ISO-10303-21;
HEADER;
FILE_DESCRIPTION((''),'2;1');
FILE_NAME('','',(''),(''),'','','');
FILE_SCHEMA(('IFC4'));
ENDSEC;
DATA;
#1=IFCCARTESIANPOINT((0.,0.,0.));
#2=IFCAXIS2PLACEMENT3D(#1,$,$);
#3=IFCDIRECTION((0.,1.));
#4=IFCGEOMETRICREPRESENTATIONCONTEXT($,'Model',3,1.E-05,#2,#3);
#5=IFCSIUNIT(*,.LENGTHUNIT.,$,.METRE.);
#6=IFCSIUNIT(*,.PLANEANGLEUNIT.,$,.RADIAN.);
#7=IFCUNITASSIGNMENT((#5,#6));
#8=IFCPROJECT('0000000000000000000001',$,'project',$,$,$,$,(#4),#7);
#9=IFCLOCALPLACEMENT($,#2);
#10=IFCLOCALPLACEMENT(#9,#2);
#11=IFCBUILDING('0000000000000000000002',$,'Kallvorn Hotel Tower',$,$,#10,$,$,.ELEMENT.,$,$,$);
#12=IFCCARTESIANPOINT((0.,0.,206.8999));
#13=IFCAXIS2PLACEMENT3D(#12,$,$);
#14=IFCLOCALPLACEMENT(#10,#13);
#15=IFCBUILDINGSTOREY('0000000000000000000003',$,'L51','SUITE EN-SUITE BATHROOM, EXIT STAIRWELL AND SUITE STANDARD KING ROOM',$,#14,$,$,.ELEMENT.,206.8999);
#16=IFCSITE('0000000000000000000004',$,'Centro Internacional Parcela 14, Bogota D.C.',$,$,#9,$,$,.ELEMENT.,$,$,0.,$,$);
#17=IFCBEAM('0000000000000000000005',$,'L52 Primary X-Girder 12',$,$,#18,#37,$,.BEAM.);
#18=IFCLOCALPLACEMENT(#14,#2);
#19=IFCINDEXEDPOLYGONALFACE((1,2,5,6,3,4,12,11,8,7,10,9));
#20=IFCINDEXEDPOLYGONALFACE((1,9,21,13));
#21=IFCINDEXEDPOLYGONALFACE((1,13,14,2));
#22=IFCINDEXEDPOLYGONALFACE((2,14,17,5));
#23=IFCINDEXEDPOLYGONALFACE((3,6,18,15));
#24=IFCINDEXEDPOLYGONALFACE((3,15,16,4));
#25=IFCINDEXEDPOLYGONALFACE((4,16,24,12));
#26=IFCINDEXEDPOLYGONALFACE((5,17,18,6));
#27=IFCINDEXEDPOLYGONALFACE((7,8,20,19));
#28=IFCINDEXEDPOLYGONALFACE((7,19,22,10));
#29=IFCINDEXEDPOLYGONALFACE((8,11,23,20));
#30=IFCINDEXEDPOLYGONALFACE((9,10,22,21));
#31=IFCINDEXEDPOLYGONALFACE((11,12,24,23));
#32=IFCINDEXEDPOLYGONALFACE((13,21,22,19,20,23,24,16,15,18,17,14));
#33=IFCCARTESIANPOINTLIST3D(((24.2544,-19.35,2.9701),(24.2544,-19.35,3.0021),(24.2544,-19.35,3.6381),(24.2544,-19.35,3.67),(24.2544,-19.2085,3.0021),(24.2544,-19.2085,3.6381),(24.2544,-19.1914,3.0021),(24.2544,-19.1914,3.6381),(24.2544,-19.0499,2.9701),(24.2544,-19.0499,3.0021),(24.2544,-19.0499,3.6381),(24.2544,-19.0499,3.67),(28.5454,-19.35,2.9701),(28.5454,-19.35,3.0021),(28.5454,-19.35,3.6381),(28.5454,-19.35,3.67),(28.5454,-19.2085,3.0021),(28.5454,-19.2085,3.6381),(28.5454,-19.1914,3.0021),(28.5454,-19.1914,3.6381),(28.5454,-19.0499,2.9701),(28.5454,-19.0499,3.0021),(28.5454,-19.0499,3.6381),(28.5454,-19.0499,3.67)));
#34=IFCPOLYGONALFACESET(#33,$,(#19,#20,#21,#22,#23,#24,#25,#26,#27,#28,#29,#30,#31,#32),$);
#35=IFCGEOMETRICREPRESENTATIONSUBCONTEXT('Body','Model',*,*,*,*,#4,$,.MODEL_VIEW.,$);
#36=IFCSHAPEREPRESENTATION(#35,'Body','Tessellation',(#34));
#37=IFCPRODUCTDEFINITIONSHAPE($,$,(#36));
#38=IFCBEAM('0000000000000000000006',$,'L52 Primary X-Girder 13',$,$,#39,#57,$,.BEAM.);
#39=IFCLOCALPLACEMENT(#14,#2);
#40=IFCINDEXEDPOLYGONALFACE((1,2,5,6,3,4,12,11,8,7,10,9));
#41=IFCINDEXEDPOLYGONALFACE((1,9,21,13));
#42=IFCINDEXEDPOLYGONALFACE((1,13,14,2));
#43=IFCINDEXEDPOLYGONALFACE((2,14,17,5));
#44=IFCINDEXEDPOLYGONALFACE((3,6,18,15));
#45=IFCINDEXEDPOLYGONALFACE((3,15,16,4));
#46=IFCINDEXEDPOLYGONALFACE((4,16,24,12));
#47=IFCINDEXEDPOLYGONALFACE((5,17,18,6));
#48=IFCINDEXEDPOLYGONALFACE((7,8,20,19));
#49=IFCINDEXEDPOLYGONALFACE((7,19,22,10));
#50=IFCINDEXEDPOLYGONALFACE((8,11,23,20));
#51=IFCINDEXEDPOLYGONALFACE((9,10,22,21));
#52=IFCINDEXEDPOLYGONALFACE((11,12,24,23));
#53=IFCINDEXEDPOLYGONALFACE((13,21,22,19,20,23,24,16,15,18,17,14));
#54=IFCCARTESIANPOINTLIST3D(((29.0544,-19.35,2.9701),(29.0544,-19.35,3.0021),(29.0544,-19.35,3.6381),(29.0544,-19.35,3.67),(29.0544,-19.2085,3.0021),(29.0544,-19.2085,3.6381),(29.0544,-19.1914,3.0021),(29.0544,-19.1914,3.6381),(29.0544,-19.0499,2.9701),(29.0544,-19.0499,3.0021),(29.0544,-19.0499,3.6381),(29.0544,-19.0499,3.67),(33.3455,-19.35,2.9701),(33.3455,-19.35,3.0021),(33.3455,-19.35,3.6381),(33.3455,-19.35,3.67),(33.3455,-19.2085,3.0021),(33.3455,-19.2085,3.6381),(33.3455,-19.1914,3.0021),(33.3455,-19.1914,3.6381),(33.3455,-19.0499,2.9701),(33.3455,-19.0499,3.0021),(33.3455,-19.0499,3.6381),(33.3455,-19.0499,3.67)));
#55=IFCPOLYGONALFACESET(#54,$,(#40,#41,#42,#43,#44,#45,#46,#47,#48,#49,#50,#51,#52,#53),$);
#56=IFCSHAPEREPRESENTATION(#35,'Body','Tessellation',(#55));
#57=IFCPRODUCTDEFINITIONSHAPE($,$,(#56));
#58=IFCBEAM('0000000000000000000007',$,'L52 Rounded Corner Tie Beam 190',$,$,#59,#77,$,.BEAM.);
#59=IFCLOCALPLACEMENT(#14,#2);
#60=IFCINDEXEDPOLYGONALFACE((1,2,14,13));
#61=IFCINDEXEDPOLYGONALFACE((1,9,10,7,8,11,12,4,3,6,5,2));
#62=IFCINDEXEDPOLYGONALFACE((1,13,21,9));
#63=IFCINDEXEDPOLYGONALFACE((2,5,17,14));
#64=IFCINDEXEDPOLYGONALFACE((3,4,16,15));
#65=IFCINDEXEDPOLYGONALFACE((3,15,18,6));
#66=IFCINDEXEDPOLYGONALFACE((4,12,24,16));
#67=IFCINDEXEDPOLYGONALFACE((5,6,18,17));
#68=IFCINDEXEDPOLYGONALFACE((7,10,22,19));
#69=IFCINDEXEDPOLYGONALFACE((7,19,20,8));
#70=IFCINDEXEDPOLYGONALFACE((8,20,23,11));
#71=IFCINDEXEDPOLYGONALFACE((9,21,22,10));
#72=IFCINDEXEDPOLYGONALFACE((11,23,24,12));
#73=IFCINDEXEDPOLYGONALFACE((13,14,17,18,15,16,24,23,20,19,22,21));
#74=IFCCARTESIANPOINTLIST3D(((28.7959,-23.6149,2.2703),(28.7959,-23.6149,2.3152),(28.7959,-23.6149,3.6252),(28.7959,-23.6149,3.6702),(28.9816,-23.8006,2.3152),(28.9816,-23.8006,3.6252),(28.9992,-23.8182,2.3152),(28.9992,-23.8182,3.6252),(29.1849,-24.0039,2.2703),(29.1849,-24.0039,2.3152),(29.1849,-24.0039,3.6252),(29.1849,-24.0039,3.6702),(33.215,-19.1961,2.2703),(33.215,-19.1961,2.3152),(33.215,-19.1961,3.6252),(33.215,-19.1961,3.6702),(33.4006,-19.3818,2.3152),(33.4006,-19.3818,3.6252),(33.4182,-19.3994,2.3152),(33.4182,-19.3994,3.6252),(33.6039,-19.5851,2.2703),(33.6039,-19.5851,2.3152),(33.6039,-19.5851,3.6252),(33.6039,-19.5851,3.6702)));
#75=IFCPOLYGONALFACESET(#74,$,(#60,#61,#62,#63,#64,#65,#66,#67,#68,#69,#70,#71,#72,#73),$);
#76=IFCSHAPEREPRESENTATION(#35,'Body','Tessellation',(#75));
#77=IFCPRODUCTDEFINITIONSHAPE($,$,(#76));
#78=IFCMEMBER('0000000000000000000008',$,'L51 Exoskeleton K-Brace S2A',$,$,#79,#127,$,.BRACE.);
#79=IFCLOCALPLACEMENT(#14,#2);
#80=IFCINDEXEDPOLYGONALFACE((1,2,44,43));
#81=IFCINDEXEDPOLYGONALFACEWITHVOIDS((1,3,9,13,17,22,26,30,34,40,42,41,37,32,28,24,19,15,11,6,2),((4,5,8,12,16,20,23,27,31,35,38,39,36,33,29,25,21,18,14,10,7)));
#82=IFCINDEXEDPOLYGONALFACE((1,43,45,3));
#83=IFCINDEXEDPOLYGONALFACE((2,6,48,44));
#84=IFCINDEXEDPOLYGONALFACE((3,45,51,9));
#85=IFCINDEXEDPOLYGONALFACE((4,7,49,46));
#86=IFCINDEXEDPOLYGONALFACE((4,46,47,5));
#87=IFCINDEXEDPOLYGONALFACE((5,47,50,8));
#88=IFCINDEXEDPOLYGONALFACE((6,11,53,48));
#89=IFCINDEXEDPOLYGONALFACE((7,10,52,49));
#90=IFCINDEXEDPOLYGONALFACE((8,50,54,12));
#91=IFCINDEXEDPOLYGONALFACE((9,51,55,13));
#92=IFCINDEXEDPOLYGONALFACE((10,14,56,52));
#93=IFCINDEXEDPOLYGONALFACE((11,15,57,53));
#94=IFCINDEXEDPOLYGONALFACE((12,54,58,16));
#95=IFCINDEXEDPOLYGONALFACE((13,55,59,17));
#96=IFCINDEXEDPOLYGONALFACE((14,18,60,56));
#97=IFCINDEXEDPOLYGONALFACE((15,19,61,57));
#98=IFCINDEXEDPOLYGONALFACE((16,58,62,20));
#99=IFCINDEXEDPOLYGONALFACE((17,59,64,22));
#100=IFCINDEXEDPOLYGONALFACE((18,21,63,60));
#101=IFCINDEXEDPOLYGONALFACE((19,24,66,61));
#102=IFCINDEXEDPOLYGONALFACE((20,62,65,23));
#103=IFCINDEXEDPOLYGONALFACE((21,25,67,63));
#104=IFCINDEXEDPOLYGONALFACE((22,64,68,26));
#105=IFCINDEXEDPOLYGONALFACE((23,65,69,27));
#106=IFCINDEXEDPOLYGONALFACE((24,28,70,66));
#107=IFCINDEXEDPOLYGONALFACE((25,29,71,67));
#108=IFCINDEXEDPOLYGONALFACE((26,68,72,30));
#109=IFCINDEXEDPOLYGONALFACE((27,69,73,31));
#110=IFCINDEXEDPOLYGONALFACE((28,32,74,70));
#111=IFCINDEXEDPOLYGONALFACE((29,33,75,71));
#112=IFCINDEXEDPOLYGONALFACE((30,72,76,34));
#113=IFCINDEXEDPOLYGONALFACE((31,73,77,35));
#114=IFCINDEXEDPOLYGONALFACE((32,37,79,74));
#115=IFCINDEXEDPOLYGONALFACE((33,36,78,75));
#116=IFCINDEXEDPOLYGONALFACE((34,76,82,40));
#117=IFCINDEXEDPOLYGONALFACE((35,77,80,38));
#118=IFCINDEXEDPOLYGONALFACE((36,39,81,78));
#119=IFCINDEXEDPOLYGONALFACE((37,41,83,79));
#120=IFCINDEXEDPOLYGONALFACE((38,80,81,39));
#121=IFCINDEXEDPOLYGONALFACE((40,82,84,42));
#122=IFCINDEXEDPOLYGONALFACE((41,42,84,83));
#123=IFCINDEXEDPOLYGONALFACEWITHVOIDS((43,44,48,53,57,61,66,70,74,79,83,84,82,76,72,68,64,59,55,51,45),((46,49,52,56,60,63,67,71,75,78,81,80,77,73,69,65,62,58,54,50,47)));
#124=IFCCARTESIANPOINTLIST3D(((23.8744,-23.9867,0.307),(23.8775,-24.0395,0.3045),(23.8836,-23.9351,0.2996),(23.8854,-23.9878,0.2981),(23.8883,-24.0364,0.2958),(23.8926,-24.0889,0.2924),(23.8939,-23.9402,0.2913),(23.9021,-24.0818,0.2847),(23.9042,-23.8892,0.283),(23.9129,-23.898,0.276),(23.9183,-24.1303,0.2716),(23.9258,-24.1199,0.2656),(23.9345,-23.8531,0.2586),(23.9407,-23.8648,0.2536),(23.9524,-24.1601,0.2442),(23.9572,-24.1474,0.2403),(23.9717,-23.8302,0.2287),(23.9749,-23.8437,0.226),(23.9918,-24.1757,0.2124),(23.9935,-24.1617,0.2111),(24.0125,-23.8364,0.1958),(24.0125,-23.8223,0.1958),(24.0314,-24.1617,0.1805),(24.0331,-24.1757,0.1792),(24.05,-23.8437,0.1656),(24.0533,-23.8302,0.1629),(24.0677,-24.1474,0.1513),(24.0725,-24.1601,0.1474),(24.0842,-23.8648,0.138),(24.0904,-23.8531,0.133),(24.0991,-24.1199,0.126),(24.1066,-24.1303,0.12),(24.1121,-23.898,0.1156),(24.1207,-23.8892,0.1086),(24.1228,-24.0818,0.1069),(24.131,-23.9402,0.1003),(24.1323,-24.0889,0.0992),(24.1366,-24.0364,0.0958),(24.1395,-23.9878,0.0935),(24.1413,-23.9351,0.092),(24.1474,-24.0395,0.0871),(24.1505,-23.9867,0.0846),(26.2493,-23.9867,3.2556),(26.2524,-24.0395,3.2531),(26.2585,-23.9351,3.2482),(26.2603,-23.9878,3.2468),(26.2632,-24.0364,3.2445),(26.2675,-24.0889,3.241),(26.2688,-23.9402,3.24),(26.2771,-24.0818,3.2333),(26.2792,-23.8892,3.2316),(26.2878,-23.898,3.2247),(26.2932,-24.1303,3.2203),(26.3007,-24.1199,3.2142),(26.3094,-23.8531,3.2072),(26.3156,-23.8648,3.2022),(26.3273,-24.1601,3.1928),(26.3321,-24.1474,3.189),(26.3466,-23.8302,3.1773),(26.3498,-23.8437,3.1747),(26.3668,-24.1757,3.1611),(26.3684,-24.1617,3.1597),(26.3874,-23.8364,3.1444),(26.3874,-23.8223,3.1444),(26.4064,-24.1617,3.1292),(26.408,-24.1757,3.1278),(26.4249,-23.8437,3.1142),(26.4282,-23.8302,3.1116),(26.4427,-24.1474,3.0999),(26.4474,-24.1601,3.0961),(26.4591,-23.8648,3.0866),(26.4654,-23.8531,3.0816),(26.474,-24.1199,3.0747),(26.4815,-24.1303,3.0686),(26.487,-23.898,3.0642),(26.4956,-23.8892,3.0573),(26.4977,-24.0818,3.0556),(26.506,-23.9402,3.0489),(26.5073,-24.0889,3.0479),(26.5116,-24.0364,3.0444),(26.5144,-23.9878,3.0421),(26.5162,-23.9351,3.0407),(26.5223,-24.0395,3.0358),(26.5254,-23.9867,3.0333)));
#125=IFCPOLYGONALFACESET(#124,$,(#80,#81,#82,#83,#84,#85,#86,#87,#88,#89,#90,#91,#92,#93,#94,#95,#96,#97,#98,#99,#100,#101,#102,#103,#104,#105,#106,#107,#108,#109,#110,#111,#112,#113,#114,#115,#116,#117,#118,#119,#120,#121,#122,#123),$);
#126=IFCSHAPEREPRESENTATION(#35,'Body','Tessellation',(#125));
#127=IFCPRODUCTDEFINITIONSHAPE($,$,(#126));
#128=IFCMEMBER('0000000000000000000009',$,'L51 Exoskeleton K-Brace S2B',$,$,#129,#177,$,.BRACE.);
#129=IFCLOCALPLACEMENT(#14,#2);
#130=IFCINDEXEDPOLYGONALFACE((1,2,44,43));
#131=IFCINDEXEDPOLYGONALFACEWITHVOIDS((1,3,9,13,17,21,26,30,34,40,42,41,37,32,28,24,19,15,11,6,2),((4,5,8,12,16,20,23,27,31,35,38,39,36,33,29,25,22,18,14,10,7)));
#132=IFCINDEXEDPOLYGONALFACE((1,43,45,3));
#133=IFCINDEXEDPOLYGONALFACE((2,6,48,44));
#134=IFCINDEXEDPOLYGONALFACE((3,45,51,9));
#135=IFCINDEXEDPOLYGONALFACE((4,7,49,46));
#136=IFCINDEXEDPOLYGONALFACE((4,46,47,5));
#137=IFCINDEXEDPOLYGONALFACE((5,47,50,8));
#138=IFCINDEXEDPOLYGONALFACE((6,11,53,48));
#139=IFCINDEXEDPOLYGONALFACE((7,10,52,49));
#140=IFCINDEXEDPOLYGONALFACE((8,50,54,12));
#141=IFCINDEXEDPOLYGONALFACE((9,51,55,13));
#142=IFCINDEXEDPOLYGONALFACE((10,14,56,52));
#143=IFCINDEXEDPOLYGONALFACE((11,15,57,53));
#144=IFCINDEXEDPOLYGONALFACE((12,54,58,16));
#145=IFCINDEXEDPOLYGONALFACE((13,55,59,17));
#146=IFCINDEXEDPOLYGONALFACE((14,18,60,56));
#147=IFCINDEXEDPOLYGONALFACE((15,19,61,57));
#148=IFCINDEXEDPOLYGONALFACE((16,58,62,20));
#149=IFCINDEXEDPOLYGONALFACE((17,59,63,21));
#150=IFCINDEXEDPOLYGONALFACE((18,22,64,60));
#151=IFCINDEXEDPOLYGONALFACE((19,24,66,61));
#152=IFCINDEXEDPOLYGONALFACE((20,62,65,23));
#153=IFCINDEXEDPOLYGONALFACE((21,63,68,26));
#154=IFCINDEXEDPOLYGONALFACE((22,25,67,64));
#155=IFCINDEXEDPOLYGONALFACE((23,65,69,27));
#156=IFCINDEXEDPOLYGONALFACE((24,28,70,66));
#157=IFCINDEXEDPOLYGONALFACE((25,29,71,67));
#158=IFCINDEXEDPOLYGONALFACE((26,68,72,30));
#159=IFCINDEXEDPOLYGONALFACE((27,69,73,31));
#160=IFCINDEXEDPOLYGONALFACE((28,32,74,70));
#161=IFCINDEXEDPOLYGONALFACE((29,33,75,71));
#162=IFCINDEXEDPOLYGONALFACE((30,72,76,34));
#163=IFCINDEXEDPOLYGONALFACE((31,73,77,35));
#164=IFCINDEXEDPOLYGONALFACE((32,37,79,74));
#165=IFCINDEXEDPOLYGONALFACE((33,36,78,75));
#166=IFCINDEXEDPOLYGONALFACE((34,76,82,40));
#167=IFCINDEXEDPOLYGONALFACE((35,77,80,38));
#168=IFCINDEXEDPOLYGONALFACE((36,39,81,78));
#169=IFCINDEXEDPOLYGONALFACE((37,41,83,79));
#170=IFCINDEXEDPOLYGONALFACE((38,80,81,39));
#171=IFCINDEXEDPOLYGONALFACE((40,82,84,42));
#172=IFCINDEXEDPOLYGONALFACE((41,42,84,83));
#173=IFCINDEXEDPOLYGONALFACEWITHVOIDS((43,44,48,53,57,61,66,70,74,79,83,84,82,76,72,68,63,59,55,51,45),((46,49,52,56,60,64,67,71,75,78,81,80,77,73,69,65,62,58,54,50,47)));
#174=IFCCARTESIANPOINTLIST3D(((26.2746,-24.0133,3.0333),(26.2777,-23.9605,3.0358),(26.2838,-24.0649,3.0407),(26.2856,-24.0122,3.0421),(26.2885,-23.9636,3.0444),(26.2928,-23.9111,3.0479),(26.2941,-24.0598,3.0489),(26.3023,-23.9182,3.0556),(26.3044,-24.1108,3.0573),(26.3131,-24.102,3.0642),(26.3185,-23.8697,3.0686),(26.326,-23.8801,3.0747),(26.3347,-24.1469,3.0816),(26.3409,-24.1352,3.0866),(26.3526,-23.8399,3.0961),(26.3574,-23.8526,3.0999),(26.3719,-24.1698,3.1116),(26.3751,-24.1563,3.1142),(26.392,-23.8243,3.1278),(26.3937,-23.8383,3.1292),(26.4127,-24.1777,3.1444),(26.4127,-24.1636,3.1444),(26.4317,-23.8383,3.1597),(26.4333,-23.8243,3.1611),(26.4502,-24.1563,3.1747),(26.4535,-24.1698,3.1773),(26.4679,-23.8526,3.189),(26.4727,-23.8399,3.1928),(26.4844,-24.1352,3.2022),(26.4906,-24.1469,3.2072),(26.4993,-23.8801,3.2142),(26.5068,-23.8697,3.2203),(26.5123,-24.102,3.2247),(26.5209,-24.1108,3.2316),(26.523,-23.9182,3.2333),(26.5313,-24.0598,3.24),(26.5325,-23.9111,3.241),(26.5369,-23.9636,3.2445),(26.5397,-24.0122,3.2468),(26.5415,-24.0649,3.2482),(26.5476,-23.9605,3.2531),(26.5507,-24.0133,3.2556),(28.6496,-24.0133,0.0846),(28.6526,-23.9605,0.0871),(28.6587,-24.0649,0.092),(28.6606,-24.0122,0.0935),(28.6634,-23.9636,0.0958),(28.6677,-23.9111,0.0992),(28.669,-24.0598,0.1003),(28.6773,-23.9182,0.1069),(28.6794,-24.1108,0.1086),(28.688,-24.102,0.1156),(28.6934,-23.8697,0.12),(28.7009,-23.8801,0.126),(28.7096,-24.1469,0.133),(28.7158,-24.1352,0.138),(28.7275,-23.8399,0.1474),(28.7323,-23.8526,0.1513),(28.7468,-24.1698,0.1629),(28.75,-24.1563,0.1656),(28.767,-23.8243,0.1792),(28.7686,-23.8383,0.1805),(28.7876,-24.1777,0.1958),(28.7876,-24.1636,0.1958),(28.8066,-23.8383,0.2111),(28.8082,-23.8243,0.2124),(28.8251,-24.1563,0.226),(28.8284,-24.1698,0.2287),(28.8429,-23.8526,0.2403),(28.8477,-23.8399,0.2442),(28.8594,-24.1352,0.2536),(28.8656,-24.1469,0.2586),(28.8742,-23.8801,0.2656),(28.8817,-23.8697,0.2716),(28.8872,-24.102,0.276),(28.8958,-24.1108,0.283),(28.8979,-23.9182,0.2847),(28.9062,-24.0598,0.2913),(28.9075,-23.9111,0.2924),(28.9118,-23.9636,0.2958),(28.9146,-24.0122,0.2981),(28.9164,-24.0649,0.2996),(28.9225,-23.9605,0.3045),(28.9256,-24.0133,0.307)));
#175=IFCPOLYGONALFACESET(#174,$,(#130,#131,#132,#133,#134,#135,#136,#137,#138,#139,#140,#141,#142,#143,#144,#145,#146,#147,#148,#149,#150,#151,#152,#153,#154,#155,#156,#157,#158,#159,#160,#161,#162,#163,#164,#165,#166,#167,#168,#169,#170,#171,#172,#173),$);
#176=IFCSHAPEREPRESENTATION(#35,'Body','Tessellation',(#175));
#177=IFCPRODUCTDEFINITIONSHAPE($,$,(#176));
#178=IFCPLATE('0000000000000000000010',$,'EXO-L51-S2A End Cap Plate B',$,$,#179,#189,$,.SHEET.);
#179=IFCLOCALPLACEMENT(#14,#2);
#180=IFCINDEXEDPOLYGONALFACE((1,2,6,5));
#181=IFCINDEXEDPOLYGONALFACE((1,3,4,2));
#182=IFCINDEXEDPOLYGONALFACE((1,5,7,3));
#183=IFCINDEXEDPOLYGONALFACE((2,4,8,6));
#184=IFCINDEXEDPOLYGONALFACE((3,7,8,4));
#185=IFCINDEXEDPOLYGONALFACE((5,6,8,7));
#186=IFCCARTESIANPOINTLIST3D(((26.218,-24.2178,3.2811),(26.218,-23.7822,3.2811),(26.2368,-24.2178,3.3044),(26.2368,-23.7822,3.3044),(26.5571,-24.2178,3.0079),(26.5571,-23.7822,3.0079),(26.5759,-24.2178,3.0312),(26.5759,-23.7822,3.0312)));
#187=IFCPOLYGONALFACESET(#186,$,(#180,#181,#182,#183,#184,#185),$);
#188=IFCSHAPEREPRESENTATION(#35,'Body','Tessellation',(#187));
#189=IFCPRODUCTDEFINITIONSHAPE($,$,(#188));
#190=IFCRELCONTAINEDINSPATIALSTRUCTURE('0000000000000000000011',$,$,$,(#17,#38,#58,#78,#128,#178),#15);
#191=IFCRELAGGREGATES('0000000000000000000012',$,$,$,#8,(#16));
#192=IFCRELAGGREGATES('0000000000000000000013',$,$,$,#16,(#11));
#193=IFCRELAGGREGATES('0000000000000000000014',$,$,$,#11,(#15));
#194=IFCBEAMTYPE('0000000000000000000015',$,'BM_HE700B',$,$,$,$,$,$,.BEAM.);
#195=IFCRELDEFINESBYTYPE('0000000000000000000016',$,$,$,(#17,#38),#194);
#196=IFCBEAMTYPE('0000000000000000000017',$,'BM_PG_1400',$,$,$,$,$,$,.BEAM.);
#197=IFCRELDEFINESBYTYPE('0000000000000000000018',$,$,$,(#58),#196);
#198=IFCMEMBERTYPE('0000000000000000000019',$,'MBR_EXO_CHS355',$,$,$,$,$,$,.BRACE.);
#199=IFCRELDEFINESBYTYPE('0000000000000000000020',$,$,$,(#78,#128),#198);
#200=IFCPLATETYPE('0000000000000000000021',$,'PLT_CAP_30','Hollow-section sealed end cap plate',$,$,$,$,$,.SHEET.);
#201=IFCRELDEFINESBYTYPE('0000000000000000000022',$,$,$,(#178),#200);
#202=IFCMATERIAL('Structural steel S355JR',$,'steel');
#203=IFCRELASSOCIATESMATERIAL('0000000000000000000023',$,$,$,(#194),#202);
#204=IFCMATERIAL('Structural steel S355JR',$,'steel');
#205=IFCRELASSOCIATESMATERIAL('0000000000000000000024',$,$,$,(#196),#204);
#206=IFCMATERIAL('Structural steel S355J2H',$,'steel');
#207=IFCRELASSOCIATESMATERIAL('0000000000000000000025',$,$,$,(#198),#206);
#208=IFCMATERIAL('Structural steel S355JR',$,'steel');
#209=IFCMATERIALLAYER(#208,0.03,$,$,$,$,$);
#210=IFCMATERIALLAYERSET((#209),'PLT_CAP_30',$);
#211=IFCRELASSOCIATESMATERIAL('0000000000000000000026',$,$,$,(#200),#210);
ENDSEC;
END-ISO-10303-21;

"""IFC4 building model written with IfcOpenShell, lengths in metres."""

from ifc_helpers import new_model, si_unit, direction, frame, origin, origin_2d, place, context, subcontext, project, spatial, polyline, hollow_circle, i_section, outline, extrude, material, layer, layer_set, material_profile, profile_set, type_object, element, save


model = new_model("IFC4")

# Units and contexts
model_context = context("Model", 3, precision=1e-05, world=origin(), true_north=direction((0.0, 1.0)))
body_context = subcontext(model_context, "Body", "Model", "MODEL_VIEW")
ifc_project = project(units=[si_unit("LENGTHUNIT", "METRE"), si_unit("PLANEANGLEUNIT", "RADIAN")], contexts=[model_context])

# Site, building, storey
site_placement = place(None, origin())
site = spatial("IfcSite", under=ifc_project, at=site_placement, Name="Centro Internacional Parcela 14, Bogota D.C.", CompositionType="ELEMENT", RefElevation=0.0)
building_placement = place(site_placement, origin())
building = spatial("IfcBuilding", under=site, at=building_placement, Name="Kallvorn Hotel Tower", CompositionType="ELEMENT")
storey_placement = place(building_placement, frame((0.0, 0.0, 206.8999)))
storey = spatial("IfcBuildingStorey", under=building, at=storey_placement, Name="L51", Description="SUITE EN-SUITE BATHROOM, EXIT STAIRWELL AND SUITE STANDARD KING ROOM", CompositionType="ELEMENT", Elevation=206.8999)

# Beams
ifc_material_1 = material(Name="Structural steel S355JR", Category="steel")
ifc_material_profile_1 = material_profile(ifc_material_1, i_section(OverallWidth=0.3, OverallDepth=0.7, WebThickness=0.0171, FlangeThickness=0.032, at=origin_2d()), Name="HE 700 B")
ifc_profile_set_1 = profile_set([ifc_material_profile_1], Name="Structural steel S355JR")
beam_type_1 = type_object("IfcBeamType", Name="BM_HE700B", PredefinedType="BEAM", material=ifc_profile_set_1)
for number, where, z_axis, x_axis, name in (
    (1, (24.2544, -19.2, 3.3201), (1.0, 0.0, 0.0), (0.0, 1.0, 0.0), "L52 Primary X-Girder 12"),
    (2, (29.0544, -19.2, 3.3201), (1.0, 0.0, 0.0), (0.0, 1.0, 0.0), "L52 Primary X-Girder 13"),
):
    element("IfcBeam", number, at=place(storey_placement, frame(where, z_axis=z_axis, x_axis=x_axis)), inside=storey, type_object=beam_type_1, Name=name, PredefinedType="BEAM", context=body_context, shape_type="SweptSolid", body=[
        extrude(i_section(OverallWidth=0.3, OverallDepth=0.7, WebThickness=0.0171, FlangeThickness=0.032, at=origin_2d()), origin(), (0.0, 0.0, 1.0), 4.291),
    ])
ifc_material_2 = material(Name="Structural steel S355JR", Category="steel")
ifc_material_profile_2 = material_profile(ifc_material_2, i_section(OverallWidth=0.55, OverallDepth=1.3999, WebThickness=0.0249, FlangeThickness=0.0449, at=origin_2d()), Name="PG 1400x550x25x45")
ifc_profile_set_2 = profile_set([ifc_material_profile_2], Name="Structural steel S355JR")
beam_type_2 = type_object("IfcBeamType", Name="BM_PG_1400", PredefinedType="BEAM", material=ifc_profile_set_2)
beam_1_placement = place(storey_placement, frame((33.4094, -19.3906, 2.9702), z_axis=(-0.707126, -0.707087, 0.0), x_axis=(0.707087, -0.707126, 0.0)))
element("IfcBeam", 3, at=beam_1_placement, inside=storey, type_object=beam_type_2, Name="L52 Rounded Corner Tie Beam 190", PredefinedType="BEAM", context=body_context, shape_type="SweptSolid", body=[
    extrude(i_section(OverallWidth=0.55, OverallDepth=1.3999, WebThickness=0.0249, FlangeThickness=0.0449, at=origin_2d()), origin(), (0.0, 0.0, 1.0), 6.2493),
])

# Members
ifc_material_3 = material(Name="Structural steel S355J2H", Category="steel")
ifc_material_profile_3 = material_profile(ifc_material_3, hollow_circle(Radius=0.1777, WallThickness=0.0142, at=origin_2d()), Name="CHS 355.6x14.2")
ifc_profile_set_3 = profile_set([ifc_material_profile_3], Name="Structural steel S355J2H")
member_type = type_object("IfcMemberType", Name="MBR_EXO_CHS355", PredefinedType="BRACE", material=ifc_profile_set_3)
for number, where, z_axis, x_axis, name in (
    (4, (24.0125, -24.0, 0.1958), (0.627271, 0.0, 0.778801), (0.0, 1.0, 0.0), "L51 Exoskeleton K-Brace S2A"),
    (5, (28.7876, -24.0, 0.1958), (-0.627271, 0.0, 0.778801), (0.0, -1.0, 0.0), "L51 Exoskeleton K-Brace S2B"),
):
    element("IfcMember", number, at=place(storey_placement, frame(where, z_axis=z_axis, x_axis=x_axis)), inside=storey, type_object=member_type, Name=name, PredefinedType="BRACE", context=body_context, shape_type="SweptSolid", body=[
        extrude(hollow_circle(Radius=0.1777, WallThickness=0.0142, at=origin_2d()), origin(), (0.0, 0.0, 1.0), 3.7861),
    ])

# Plate
ifc_material_4 = material(Name="Structural steel S355JR", Category="steel")
ifc_layer_1 = layer(ifc_material_4, 0.03)
ifc_layer_set_1 = layer_set([ifc_layer_1], Name="PLT_CAP_30")
plate_type_1 = type_object("IfcPlateType", Name="PLT_CAP_30", Description="Hollow-section sealed end cap plate", PredefinedType="SHEET", material=ifc_layer_set_1)
for number, where, z_axis, x_axis, name in (
    (6, (26.5759, -24.2178, 3.0312), (0.627358, 0.0, 0.778731), (0.0, 1.0, 0.0), "EXO-L51-S2A End Cap Plate B"),
):
    element("IfcPlate", number, at=place(storey_placement, frame(where, z_axis=z_axis, x_axis=x_axis)), inside=storey, type_object=plate_type_1, Name=name, PredefinedType="SHEET", context=body_context, shape_type="SweptSolid", body=[
        extrude(outline(polyline([(0.0, 0.0), (0.4355, 0.0), (0.4355, 0.4355), (0.0, 0.4355), (0.0, 0.0)])), origin(), (0.0, 0.0, -1.0), 0.03),
    ])

save(model, "model.ifc")
